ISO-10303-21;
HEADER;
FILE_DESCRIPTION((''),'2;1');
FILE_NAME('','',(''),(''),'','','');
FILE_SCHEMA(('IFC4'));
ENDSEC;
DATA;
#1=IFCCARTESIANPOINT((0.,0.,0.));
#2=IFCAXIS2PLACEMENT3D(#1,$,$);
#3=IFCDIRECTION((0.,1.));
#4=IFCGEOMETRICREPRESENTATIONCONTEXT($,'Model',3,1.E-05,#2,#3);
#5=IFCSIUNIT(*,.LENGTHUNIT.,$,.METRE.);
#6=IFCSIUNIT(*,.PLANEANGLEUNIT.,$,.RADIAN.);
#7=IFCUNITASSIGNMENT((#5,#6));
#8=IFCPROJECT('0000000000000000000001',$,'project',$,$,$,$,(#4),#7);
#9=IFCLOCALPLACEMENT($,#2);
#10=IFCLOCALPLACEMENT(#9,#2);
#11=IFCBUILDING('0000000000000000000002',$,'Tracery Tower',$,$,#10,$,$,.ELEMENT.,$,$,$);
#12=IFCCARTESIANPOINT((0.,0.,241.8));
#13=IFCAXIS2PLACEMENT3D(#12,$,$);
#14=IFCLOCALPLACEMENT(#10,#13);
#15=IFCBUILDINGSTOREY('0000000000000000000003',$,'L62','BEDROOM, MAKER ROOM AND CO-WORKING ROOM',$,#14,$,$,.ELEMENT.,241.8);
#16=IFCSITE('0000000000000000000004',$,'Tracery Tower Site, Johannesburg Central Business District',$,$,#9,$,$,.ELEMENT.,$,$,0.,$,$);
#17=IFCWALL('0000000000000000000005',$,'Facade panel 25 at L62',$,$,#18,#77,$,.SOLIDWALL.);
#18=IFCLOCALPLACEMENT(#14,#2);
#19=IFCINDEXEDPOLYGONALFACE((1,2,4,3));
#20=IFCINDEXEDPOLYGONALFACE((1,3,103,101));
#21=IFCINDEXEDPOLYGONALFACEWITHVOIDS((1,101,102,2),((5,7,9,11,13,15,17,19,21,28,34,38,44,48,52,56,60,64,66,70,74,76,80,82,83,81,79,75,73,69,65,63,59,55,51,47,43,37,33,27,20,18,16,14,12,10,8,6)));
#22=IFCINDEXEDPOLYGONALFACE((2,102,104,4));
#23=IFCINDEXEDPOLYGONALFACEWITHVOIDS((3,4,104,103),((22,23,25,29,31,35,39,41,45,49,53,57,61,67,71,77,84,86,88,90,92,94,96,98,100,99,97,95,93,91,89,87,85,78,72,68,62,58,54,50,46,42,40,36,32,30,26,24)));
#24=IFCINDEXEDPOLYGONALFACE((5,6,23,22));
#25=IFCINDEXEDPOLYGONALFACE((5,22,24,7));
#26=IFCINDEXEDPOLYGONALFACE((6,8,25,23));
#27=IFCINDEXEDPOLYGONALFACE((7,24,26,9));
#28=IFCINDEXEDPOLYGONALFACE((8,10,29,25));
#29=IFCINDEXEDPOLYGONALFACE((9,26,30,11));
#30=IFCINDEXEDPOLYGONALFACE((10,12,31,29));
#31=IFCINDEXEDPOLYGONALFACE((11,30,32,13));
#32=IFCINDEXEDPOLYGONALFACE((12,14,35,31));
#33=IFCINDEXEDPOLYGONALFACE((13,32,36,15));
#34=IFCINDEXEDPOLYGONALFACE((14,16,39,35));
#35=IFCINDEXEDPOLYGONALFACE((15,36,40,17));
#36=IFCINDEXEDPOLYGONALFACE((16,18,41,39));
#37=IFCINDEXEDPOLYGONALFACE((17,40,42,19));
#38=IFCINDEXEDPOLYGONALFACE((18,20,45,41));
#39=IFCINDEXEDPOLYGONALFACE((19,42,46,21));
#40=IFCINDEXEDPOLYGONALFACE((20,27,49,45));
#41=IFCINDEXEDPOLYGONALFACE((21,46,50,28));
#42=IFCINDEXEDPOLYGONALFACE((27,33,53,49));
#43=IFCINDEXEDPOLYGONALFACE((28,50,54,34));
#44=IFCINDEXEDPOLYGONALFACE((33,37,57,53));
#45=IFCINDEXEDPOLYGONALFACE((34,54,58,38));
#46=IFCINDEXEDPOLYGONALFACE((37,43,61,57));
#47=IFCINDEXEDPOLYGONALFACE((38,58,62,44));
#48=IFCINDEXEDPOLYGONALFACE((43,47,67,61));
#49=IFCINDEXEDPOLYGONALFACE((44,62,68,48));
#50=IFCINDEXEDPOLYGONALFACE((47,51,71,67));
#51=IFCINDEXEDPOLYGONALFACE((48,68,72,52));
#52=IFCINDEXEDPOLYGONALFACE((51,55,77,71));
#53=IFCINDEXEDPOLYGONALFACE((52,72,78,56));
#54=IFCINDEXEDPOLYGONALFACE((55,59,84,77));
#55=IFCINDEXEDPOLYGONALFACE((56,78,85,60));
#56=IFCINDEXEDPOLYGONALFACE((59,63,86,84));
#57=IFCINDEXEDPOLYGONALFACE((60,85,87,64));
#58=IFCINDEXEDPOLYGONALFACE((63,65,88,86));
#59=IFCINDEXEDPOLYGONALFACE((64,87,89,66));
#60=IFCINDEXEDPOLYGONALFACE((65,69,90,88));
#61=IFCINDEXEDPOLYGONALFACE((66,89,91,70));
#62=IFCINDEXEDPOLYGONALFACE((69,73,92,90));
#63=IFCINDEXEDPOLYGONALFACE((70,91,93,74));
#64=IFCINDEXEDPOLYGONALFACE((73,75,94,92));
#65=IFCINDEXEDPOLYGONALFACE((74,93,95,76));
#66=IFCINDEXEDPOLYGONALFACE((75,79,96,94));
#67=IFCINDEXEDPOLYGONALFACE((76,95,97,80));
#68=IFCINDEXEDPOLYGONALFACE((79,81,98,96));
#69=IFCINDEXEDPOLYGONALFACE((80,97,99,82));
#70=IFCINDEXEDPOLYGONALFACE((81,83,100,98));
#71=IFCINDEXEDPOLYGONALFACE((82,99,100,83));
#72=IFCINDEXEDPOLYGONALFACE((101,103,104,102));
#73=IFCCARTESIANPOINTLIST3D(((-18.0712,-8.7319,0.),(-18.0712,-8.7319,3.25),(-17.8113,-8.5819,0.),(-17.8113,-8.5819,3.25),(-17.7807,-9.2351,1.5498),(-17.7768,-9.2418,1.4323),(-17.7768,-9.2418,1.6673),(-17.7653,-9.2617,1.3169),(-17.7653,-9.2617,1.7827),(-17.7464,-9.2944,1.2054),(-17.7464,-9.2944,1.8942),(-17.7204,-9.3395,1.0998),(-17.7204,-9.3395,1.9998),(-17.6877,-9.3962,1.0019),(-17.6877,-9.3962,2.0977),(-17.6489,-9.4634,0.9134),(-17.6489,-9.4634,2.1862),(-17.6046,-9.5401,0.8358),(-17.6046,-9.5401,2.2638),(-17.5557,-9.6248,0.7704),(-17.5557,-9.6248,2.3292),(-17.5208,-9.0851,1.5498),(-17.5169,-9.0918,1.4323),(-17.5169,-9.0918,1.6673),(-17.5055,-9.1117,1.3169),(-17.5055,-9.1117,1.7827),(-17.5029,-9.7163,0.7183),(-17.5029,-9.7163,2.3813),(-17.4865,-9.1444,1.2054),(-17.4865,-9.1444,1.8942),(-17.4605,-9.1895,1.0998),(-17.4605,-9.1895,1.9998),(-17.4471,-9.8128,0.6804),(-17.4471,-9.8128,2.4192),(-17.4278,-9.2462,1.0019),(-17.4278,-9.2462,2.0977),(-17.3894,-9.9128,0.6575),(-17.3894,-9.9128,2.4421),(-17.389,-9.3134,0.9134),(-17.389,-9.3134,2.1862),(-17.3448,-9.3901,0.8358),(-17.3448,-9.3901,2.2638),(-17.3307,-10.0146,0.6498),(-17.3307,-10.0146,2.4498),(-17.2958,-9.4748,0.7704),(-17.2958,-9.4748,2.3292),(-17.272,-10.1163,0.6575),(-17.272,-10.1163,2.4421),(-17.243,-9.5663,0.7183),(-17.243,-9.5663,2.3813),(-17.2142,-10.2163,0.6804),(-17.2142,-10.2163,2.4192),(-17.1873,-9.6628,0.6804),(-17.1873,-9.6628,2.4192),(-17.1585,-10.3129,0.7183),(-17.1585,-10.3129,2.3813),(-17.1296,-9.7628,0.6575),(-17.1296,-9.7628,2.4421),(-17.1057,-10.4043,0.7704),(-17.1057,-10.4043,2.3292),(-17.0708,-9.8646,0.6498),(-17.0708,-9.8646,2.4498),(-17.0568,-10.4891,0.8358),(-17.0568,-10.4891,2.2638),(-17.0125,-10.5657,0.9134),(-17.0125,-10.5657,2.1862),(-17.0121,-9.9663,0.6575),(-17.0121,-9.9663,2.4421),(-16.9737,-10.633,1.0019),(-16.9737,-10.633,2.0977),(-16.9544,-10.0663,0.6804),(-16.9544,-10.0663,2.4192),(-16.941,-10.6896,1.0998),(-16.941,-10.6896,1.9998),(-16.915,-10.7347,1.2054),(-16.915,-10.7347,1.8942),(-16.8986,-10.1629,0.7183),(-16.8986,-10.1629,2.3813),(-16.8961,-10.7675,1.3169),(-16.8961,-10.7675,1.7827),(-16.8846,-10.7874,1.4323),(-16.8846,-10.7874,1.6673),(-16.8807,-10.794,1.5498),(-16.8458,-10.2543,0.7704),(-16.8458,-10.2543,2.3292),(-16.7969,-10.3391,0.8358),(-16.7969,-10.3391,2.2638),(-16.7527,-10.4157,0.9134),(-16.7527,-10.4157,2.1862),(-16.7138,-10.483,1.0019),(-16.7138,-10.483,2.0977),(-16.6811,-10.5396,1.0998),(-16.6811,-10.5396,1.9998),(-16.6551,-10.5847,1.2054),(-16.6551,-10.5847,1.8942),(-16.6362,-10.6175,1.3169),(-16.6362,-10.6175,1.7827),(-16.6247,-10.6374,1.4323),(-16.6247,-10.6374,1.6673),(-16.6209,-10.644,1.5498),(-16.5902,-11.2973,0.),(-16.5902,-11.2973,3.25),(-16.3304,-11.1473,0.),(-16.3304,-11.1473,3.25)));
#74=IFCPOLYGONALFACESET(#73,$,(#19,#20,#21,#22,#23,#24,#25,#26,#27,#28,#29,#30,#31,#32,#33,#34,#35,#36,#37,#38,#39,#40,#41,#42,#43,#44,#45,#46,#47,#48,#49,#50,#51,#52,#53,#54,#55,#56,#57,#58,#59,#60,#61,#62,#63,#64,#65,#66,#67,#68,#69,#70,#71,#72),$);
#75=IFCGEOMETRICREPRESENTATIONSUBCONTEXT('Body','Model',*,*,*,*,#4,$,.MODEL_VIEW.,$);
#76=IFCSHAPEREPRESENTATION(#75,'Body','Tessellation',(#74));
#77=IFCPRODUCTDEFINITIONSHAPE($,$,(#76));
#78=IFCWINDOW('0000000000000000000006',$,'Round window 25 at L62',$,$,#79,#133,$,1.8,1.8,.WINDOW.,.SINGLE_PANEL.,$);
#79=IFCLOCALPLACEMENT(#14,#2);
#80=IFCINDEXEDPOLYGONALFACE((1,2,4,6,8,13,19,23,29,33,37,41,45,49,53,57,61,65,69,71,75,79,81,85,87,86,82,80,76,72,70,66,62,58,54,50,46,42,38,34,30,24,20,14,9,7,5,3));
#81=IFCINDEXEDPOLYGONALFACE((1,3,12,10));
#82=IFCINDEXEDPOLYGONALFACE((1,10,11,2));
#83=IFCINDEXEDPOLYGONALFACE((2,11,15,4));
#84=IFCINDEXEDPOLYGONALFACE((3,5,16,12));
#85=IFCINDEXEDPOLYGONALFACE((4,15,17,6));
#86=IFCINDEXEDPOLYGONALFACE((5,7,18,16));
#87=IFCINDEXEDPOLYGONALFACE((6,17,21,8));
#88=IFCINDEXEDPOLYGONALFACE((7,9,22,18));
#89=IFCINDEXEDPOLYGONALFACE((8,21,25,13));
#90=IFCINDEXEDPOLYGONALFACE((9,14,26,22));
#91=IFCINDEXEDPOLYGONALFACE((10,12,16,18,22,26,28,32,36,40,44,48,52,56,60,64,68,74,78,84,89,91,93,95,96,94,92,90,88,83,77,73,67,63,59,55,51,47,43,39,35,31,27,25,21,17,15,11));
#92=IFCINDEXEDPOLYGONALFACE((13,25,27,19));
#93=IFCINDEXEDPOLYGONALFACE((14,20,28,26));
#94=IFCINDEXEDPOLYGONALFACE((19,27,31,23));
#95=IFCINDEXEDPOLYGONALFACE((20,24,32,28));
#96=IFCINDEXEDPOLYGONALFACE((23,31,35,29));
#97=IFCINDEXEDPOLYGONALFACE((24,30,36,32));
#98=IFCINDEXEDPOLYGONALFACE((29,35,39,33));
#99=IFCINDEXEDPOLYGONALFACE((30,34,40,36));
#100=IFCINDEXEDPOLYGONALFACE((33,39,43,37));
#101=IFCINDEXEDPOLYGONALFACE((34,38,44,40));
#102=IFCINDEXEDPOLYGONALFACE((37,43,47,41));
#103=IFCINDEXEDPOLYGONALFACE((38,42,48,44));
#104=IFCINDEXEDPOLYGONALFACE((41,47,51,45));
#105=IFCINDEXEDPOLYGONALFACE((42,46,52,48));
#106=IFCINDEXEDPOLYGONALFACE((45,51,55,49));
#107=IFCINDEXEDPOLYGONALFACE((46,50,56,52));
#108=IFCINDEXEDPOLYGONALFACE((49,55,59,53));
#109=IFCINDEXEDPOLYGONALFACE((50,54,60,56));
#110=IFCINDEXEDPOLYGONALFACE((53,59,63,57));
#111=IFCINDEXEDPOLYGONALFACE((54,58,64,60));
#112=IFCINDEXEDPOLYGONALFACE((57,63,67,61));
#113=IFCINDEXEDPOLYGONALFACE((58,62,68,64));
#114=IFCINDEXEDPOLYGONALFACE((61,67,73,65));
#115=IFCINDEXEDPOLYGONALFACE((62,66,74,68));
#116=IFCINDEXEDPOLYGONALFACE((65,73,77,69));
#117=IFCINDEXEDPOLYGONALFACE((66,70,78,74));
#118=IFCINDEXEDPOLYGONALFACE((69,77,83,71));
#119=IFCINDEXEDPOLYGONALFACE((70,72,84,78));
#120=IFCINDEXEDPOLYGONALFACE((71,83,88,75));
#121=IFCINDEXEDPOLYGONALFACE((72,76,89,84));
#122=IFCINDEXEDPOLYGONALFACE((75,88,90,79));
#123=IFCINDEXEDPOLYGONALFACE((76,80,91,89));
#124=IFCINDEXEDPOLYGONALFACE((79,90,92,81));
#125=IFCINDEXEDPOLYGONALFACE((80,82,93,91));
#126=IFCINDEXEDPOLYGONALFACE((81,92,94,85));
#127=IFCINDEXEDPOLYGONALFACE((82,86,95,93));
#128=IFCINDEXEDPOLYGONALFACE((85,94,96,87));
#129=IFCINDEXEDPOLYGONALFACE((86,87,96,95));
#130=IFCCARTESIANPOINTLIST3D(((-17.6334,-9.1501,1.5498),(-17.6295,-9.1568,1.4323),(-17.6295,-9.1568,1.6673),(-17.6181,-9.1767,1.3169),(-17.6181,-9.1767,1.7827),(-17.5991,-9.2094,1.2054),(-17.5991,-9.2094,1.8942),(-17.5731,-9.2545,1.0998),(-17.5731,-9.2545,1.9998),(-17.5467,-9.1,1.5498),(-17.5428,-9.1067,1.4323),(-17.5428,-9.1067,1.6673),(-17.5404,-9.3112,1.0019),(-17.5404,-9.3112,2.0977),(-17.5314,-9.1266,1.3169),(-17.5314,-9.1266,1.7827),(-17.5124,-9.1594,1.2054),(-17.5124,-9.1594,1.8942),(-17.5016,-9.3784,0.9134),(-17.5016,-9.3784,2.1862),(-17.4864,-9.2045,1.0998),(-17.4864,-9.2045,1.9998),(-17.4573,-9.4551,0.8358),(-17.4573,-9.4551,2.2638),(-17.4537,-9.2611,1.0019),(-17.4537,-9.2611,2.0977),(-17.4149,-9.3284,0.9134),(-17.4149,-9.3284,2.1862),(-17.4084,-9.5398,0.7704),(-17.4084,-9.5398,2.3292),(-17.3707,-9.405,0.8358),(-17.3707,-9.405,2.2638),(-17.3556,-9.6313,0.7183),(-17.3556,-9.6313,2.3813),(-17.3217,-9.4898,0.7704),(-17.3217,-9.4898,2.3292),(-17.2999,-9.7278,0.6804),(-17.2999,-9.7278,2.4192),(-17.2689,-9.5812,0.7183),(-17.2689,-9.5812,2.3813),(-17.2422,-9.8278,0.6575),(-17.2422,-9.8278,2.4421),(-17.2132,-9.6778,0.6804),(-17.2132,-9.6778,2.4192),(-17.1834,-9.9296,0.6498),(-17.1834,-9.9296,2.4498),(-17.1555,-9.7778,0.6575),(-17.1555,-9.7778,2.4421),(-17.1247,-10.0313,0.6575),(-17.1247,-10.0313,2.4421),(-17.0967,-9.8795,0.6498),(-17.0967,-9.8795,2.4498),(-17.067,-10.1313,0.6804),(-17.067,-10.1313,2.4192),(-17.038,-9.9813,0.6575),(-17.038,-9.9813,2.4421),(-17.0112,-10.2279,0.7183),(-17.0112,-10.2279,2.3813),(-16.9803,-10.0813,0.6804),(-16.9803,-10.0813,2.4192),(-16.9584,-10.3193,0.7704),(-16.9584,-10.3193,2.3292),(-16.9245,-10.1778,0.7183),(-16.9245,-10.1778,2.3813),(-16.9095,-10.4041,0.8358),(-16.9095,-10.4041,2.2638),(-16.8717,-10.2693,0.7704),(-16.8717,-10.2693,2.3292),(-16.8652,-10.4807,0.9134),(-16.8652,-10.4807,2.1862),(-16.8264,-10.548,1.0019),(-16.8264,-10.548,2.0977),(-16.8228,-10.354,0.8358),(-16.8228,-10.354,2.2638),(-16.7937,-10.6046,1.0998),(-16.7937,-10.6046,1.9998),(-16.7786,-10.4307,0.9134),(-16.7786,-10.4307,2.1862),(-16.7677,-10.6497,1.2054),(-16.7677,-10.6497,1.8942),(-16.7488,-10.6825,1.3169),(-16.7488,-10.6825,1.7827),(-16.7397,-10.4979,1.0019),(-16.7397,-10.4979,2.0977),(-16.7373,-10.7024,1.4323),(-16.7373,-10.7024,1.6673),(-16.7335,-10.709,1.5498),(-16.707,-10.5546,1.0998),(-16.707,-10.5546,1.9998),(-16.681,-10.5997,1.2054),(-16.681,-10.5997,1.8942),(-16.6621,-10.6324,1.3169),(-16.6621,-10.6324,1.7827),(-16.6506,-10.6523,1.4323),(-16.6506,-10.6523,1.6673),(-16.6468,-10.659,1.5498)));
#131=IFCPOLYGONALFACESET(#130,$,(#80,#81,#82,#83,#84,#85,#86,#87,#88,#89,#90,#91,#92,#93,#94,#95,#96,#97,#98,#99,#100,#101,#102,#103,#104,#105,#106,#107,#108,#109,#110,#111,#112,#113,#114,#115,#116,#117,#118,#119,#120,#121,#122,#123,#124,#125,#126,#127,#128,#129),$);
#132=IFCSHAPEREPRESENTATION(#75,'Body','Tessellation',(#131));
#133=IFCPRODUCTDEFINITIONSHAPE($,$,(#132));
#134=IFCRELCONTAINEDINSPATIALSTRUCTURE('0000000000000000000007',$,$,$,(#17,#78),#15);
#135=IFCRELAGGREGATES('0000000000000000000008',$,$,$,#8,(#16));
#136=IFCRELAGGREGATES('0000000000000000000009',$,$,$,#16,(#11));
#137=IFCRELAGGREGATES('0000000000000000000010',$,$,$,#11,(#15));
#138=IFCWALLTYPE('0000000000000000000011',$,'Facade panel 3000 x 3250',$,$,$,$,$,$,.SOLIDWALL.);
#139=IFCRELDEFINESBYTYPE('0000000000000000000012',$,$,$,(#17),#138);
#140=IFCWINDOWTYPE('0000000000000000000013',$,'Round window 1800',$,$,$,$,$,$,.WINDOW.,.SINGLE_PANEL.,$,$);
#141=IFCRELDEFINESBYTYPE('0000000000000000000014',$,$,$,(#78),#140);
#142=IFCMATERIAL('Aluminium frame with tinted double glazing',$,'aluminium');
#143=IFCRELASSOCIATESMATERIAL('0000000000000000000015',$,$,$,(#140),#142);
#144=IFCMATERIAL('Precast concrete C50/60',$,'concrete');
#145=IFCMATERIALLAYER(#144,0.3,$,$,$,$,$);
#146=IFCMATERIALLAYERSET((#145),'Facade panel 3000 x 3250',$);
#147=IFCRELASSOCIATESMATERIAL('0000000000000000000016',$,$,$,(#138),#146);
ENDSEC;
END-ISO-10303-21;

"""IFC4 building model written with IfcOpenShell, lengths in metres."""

from ifc_helpers import new_model, si_unit, direction, frame, frame_2d, origin, origin_2d, place, context, subcontext, project, spatial, rectangle, circle, extrude, material, layer, layer_set, type_object, element, fill, save


model = new_model("IFC4")

# Units and contexts
model_context = context("Model", 3, precision=1e-05, world=origin(), true_north=direction((0.0, 1.0)))
body_context = subcontext(model_context, "Body", "Model", "MODEL_VIEW")
ifc_project = project(units=[si_unit("LENGTHUNIT", "METRE"), si_unit("PLANEANGLEUNIT", "RADIAN")], contexts=[model_context])

# Site, building, storey
site_placement = place(None, origin())
site = spatial("IfcSite", under=ifc_project, at=site_placement, Name="Tracery Tower Site, Johannesburg Central Business District", CompositionType="ELEMENT", RefElevation=0.0)
building_placement = place(site_placement, origin())
building = spatial("IfcBuilding", under=site, at=building_placement, Name="Tracery Tower", CompositionType="ELEMENT")
storey_placement = place(building_placement, frame((0.0, 0.0, 241.8)))
storey = spatial("IfcBuildingStorey", under=building, at=storey_placement, Name="L62", Description="BEDROOM, MAKER ROOM AND CO-WORKING ROOM", CompositionType="ELEMENT", Elevation=241.8)

# Wall, opening, window
ifc_material_1 = material(Name="Aluminium frame with tinted double glazing", Category="aluminium")
window_type = type_object("IfcWindowType", Name="Round window 1800", PartitioningType="SINGLE_PANEL", PredefinedType="WINDOW", material=ifc_material_1)
ifc_material_2 = material(Name="Precast concrete C50/60", Category="concrete")
ifc_layer_1 = layer(ifc_material_2, 0.3)
ifc_layer_set_1 = layer_set([ifc_layer_1], Name="Facade panel 3000 x 3250")
wall_type_1 = type_object("IfcWallType", Name="Facade panel 3000 x 3250", PredefinedType="SOLIDWALL", material=ifc_layer_set_1)
wall_1_placement = place(storey_placement, frame((-17.9412, -8.657, 0.0), z_axis=(0.0, 0.0, 1.0), x_axis=(0.499951, -0.866054, 0.0)))
wall_1 = element("IfcWall", 1, at=wall_1_placement, inside=storey, type_object=wall_type_1, Name="Facade panel 25 at L62", PredefinedType="SOLIDWALL", context=body_context, shape_type="SweptSolid", body=[
    extrude(rectangle(XDim=2.9622, YDim=0.3, at=frame_2d((1.481, 0.0))), origin(), (0.0, 0.0, 1.0), 3.25),
])
opening_1_placement = place(wall_1_placement, frame((1.481, 0.0, 1.5498)))
opening_1 = element("IfcOpeningElement", 2, at=opening_1_placement, cuts=wall_1, PredefinedType="OPENING", context=body_context, shape_type="SweptSolid", body=[
    extrude(circle(Radius=0.9, at=origin_2d()), frame((0.0, 0.1599, 0.0), z_axis=(0.0, -1.0, 0.0), x_axis=(1.0, 0.0, 0.0)), (0.0, 0.0, 1.0), 0.3201),
])
window_1_placement = place(opening_1_placement, origin())
window_1 = element("IfcWindow", 3, at=window_1_placement, inside=storey, type_object=window_type, Name="Round window 25 at L62", OverallHeight=1.8, OverallWidth=1.8, PartitioningType="SINGLE_PANEL", PredefinedType="WINDOW", context=body_context, shape_type="SweptSolid", body=[
    extrude(circle(Radius=0.9, at=origin_2d()), frame((0.0, 0.1201, 0.0), z_axis=(0.0, -1.0, 0.0), x_axis=(1.0, 0.0, 0.0)), (0.0, 0.0, 1.0), 0.1001),
])
fill(opening_1, window_1)

save(model, "model.ifc")
